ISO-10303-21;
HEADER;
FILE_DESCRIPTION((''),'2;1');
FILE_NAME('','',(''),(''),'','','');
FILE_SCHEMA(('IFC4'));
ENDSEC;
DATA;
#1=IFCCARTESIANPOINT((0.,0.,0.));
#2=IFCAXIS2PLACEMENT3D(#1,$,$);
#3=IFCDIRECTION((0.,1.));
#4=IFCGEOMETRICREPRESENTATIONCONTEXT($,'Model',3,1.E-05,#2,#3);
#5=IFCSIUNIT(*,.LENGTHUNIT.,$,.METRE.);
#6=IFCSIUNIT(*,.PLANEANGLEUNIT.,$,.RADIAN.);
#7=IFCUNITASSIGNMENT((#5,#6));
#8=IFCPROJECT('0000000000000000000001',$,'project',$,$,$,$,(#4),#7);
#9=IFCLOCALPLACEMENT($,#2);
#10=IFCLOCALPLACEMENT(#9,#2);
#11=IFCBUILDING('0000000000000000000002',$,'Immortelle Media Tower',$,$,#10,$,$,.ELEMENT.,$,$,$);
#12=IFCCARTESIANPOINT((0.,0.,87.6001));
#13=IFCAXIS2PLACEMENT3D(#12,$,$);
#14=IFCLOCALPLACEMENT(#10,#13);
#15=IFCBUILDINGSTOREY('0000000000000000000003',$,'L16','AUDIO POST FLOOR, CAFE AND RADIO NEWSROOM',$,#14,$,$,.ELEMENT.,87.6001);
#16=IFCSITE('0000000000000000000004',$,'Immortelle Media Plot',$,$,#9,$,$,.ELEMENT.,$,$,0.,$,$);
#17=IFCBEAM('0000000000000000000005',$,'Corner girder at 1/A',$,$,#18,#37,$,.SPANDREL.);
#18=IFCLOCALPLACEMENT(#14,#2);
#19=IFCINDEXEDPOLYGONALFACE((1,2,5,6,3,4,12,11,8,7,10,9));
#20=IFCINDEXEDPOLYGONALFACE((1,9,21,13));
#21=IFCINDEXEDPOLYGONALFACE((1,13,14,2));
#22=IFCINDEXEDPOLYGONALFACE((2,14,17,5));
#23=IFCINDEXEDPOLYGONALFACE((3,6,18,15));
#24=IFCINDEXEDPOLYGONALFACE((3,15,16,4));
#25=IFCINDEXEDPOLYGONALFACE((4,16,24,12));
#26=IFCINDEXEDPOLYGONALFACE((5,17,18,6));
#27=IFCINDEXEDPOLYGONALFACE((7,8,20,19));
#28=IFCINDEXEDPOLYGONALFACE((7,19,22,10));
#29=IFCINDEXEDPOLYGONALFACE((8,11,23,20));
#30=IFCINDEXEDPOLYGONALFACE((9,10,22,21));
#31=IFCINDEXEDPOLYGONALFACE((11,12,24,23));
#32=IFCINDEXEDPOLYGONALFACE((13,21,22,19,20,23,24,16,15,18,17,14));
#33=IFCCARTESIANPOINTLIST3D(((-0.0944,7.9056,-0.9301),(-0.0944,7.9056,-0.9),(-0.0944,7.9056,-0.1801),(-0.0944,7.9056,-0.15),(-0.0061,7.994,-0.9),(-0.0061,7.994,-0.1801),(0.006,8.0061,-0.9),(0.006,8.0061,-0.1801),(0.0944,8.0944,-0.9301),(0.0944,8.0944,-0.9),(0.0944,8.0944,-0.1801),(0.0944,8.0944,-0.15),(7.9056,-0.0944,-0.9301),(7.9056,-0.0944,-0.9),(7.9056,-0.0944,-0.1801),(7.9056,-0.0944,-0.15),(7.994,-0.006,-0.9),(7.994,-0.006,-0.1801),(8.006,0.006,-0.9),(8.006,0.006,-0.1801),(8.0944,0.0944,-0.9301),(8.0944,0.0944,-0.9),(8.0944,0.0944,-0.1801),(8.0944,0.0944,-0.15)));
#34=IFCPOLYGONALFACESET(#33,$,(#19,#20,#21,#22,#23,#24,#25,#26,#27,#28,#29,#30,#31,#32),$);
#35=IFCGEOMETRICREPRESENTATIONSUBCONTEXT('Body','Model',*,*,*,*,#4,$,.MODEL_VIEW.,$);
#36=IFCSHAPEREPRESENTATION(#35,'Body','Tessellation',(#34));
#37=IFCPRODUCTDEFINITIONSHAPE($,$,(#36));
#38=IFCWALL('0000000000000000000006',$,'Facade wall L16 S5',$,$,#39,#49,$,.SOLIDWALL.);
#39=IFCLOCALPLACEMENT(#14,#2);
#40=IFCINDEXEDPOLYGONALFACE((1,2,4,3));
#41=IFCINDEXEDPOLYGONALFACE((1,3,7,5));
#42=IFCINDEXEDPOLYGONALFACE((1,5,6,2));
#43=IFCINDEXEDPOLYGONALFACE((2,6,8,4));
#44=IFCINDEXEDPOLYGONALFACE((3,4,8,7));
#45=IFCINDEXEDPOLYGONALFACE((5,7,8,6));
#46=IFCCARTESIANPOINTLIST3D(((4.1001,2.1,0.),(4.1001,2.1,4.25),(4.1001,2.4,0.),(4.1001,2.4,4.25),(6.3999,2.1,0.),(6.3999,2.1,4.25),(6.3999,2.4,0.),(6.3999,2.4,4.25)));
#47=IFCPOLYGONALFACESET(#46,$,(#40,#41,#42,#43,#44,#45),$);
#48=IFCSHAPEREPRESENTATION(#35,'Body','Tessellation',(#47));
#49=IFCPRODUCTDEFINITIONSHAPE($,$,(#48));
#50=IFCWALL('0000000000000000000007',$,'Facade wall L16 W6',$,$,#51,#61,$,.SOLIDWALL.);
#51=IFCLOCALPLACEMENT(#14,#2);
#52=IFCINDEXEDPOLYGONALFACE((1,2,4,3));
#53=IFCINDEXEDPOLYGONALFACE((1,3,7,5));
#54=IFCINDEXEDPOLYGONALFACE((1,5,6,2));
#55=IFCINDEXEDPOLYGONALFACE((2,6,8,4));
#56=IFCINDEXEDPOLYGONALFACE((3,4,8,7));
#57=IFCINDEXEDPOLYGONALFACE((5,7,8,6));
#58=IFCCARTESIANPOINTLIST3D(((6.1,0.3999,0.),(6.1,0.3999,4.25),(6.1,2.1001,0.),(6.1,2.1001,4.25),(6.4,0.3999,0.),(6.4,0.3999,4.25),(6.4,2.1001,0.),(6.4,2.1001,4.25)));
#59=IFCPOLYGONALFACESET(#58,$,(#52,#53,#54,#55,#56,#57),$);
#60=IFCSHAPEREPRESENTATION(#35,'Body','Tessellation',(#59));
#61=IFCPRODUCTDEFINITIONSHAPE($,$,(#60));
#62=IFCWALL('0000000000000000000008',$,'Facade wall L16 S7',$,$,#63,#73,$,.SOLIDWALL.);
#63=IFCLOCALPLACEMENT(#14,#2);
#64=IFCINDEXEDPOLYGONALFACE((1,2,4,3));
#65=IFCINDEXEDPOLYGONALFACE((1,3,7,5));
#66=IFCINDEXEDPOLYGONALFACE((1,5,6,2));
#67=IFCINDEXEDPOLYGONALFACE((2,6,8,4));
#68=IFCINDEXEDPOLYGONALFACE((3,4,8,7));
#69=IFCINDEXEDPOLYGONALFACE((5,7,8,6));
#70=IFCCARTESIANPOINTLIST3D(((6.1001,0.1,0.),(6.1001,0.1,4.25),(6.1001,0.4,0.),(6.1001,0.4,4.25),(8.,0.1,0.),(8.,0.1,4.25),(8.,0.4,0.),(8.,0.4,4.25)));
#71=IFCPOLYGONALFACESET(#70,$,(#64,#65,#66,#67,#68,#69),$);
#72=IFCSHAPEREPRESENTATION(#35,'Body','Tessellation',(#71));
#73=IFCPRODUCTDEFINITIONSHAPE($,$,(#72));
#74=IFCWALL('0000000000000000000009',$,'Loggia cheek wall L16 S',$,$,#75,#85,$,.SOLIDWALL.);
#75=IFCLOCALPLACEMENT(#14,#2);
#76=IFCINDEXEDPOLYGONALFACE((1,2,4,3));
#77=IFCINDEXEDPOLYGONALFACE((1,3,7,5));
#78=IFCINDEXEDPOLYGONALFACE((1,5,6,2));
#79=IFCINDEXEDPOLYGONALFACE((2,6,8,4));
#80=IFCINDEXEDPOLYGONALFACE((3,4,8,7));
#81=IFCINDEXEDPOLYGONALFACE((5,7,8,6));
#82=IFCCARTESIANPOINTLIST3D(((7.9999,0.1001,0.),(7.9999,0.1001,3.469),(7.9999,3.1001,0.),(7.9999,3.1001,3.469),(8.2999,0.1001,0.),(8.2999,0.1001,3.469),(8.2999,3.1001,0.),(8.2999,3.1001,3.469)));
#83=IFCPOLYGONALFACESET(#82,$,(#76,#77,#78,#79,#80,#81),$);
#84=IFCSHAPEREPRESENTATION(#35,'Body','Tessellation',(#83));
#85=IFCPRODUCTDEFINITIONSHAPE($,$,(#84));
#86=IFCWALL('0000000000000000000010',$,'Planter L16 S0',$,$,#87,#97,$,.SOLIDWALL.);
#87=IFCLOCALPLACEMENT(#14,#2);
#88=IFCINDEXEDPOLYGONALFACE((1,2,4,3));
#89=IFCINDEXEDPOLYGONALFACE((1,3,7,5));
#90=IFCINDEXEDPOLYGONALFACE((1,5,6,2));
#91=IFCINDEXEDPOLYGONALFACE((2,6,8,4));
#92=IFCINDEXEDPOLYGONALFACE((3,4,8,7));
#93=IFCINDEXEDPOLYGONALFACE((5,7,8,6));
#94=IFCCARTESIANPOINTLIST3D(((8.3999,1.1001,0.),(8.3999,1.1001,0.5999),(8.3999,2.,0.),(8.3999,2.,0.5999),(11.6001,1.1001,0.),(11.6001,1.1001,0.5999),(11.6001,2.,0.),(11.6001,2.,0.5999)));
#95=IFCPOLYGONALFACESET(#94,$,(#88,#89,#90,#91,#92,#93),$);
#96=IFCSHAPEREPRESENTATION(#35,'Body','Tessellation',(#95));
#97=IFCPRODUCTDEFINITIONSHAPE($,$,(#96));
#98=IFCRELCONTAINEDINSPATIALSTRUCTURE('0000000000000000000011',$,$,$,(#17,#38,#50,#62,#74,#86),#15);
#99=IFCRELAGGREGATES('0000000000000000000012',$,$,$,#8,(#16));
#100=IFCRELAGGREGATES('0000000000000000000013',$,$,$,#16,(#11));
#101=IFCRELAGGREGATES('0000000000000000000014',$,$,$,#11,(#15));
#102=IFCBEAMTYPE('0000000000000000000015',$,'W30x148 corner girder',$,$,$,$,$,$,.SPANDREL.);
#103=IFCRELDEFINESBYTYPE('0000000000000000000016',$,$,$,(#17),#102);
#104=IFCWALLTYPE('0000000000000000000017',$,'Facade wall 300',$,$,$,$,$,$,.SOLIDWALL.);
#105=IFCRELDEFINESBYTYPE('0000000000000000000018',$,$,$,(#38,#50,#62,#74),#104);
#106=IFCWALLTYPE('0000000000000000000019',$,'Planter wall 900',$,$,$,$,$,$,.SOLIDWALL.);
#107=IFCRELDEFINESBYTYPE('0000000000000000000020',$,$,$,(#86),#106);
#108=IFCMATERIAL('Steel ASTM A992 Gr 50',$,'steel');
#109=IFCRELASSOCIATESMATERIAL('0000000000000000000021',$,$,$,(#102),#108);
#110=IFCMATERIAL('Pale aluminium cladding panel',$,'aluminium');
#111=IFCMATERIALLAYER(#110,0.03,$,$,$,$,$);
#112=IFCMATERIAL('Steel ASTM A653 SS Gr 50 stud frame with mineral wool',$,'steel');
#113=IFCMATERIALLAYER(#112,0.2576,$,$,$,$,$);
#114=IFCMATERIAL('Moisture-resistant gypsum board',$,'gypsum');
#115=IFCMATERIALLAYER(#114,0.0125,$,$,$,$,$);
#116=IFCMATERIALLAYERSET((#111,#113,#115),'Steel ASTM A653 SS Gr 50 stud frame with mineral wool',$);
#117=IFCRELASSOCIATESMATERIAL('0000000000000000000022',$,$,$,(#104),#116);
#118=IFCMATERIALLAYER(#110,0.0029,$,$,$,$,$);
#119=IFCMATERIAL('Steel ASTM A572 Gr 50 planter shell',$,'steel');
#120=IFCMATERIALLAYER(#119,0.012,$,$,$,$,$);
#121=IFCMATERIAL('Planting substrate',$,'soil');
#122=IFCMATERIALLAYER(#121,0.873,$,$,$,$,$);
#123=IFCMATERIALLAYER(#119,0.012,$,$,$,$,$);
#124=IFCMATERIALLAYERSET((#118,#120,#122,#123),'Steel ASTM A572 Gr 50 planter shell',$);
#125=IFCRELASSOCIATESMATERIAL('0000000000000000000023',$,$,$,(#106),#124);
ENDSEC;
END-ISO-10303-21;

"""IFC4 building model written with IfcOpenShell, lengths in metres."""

from ifc_helpers import new_model, si_unit, direction, frame, frame_2d, origin, origin_2d, place, context, subcontext, project, spatial, rectangle, i_section, extrude, material, layer, layer_set, material_profile, profile_set, type_object, element, save


model = new_model("IFC4")

# Units and contexts
model_context = context("Model", 3, precision=1e-05, world=origin(), true_north=direction((0.0, 1.0)))
body_context = subcontext(model_context, "Body", "Model", "MODEL_VIEW")
ifc_project = project(units=[si_unit("LENGTHUNIT", "METRE"), si_unit("PLANEANGLEUNIT", "RADIAN")], contexts=[model_context])

# Site, building, storey
site_placement = place(None, origin())
site = spatial("IfcSite", under=ifc_project, at=site_placement, Name="Immortelle Media Plot", CompositionType="ELEMENT", RefElevation=0.0)
building_placement = place(site_placement, origin())
building = spatial("IfcBuilding", under=site, at=building_placement, Name="Immortelle Media Tower", CompositionType="ELEMENT")
storey_placement = place(building_placement, frame((0.0, 0.0, 87.6001)))
storey = spatial("IfcBuildingStorey", under=building, at=storey_placement, Name="L16", Description="AUDIO POST FLOOR, CAFE AND RADIO NEWSROOM", CompositionType="ELEMENT", Elevation=87.6001)

# Shared definitions
ifc_material_1 = material(Name="Steel ASTM A992 Gr 50", Category="steel")

# Beam
ifc_material_profile_1 = material_profile(ifc_material_1, i_section(OverallWidth=0.2671, OverallDepth=0.78, WebThickness=0.0171, FlangeThickness=0.03, at=origin_2d()), Name="W30x148")
ifc_profile_set_1 = profile_set([ifc_material_profile_1], Name="Steel ASTM A992 Gr 50")
beam_type_1 = type_object("IfcBeamType", Name="W30x148 corner girder", PredefinedType="SPANDREL", material=ifc_profile_set_1)
beam_1_placement = place(storey_placement, frame((8.0, 0.0, -0.54), z_axis=(-0.707107, 0.707107, 0.0), x_axis=(-0.707107, -0.707107, 0.0)))
element("IfcBeam", 1, at=beam_1_placement, inside=storey, type_object=beam_type_1, Name="Corner girder at 1/A", PredefinedType="SPANDREL", context=body_context, shape_type="SweptSolid", body=[
    extrude(i_section(OverallWidth=0.2671, OverallDepth=0.78, WebThickness=0.0171, FlangeThickness=0.03, at=origin_2d()), origin(), (0.0, 0.0, 1.0), 11.3137),
])

# Walls
ifc_material_2 = material(Name="Pale aluminium cladding panel", Category="aluminium")
ifc_layer_1 = layer(ifc_material_2, 0.03)
ifc_material_3 = material(Name="Steel ASTM A653 SS Gr 50 stud frame with mineral wool", Category="steel")
ifc_layer_2 = layer(ifc_material_3, 0.2576)
ifc_material_4 = material(Name="Moisture-resistant gypsum board", Category="gypsum")
ifc_layer_3 = layer(ifc_material_4, 0.0125)
ifc_layer_set_1 = layer_set([ifc_layer_1, ifc_layer_2, ifc_layer_3], Name="Steel ASTM A653 SS Gr 50 stud frame with mineral wool")
wall_type_1 = type_object("IfcWallType", Name="Facade wall 300", PredefinedType="SOLIDWALL", material=ifc_layer_set_1)
wall_1_placement = place(storey_placement, frame((4.1001, 2.25, 0.0), z_axis=(0.0, 0.0, 1.0), x_axis=(1.0, 0.0, 0.0)))
element("IfcWall", 2, at=wall_1_placement, inside=storey, type_object=wall_type_1, Name="Facade wall L16 S5", PredefinedType="SOLIDWALL", context=body_context, shape_type="SweptSolid", body=[
    extrude(rectangle(XDim=2.2998, YDim=0.3, at=frame_2d((1.1499, 0.0))), origin(), (0.0, 0.0, 1.0), 4.25),
])
wall_2_placement = place(storey_placement, frame((6.25, 2.1001, 0.0), z_axis=(0.0, 0.0, 1.0), x_axis=(0.0, -1.0, 0.0)))
element("IfcWall", 3, at=wall_2_placement, inside=storey, type_object=wall_type_1, Name="Facade wall L16 W6", PredefinedType="SOLIDWALL", context=body_context, shape_type="SweptSolid", body=[
    extrude(rectangle(XDim=1.7002, YDim=0.3, at=frame_2d((0.8501, 0.0))), origin(), (0.0, 0.0, 1.0), 4.25),
])
wall_3_placement = place(storey_placement, frame((6.1001, 0.25, 0.0), z_axis=(0.0, 0.0, 1.0), x_axis=(1.0, 0.0, 0.0)))
element("IfcWall", 4, at=wall_3_placement, inside=storey, type_object=wall_type_1, Name="Facade wall L16 S7", PredefinedType="SOLIDWALL", context=body_context, shape_type="SweptSolid", body=[
    extrude(rectangle(XDim=1.8999, YDim=0.3, at=frame_2d((0.95, 0.0))), origin(), (0.0, 0.0, 1.0), 4.25),
])

# Walls
wall_4_placement = place(storey_placement, frame((8.1499, 0.1001, 0.0), z_axis=(0.0, 0.0, 1.0), x_axis=(0.0, 1.0, 0.0)))
element("IfcWall", 5, at=wall_4_placement, inside=storey, type_object=wall_type_1, Name="Loggia cheek wall L16 S", PredefinedType="SOLIDWALL", context=body_context, shape_type="SweptSolid", body=[
    extrude(rectangle(XDim=3.0, YDim=0.3, at=frame_2d((1.5, 0.0))), origin(), (0.0, 0.0, 1.0), 3.469),
])
ifc_layer_4 = layer(ifc_material_2, 0.0029)
ifc_material_5 = material(Name="Steel ASTM A572 Gr 50 planter shell", Category="steel")
ifc_layer_5 = layer(ifc_material_5, 0.012)
ifc_material_6 = material(Name="Planting substrate", Category="soil")
ifc_layer_6 = layer(ifc_material_6, 0.873)
ifc_layer_7 = layer(ifc_material_5, 0.012)
ifc_layer_set_2 = layer_set([ifc_layer_4, ifc_layer_5, ifc_layer_6, ifc_layer_7], Name="Steel ASTM A572 Gr 50 planter shell")
wall_type_2 = type_object("IfcWallType", Name="Planter wall 900", PredefinedType="SOLIDWALL", material=ifc_layer_set_2)
wall_5_placement = place(storey_placement, frame((8.3999, 1.55, 0.0), z_axis=(0.0, 0.0, 1.0), x_axis=(1.0, 0.0, 0.0)))
element("IfcWall", 6, at=wall_5_placement, inside=storey, type_object=wall_type_2, Name="Planter L16 S0", PredefinedType="SOLIDWALL", context=body_context, shape_type="SweptSolid", body=[
    extrude(rectangle(XDim=3.2002, YDim=0.8999, at=frame_2d((1.6001, 0.0))), origin(), (0.0, 0.0, 1.0), 0.5999),
])

save(model, "model.ifc")
